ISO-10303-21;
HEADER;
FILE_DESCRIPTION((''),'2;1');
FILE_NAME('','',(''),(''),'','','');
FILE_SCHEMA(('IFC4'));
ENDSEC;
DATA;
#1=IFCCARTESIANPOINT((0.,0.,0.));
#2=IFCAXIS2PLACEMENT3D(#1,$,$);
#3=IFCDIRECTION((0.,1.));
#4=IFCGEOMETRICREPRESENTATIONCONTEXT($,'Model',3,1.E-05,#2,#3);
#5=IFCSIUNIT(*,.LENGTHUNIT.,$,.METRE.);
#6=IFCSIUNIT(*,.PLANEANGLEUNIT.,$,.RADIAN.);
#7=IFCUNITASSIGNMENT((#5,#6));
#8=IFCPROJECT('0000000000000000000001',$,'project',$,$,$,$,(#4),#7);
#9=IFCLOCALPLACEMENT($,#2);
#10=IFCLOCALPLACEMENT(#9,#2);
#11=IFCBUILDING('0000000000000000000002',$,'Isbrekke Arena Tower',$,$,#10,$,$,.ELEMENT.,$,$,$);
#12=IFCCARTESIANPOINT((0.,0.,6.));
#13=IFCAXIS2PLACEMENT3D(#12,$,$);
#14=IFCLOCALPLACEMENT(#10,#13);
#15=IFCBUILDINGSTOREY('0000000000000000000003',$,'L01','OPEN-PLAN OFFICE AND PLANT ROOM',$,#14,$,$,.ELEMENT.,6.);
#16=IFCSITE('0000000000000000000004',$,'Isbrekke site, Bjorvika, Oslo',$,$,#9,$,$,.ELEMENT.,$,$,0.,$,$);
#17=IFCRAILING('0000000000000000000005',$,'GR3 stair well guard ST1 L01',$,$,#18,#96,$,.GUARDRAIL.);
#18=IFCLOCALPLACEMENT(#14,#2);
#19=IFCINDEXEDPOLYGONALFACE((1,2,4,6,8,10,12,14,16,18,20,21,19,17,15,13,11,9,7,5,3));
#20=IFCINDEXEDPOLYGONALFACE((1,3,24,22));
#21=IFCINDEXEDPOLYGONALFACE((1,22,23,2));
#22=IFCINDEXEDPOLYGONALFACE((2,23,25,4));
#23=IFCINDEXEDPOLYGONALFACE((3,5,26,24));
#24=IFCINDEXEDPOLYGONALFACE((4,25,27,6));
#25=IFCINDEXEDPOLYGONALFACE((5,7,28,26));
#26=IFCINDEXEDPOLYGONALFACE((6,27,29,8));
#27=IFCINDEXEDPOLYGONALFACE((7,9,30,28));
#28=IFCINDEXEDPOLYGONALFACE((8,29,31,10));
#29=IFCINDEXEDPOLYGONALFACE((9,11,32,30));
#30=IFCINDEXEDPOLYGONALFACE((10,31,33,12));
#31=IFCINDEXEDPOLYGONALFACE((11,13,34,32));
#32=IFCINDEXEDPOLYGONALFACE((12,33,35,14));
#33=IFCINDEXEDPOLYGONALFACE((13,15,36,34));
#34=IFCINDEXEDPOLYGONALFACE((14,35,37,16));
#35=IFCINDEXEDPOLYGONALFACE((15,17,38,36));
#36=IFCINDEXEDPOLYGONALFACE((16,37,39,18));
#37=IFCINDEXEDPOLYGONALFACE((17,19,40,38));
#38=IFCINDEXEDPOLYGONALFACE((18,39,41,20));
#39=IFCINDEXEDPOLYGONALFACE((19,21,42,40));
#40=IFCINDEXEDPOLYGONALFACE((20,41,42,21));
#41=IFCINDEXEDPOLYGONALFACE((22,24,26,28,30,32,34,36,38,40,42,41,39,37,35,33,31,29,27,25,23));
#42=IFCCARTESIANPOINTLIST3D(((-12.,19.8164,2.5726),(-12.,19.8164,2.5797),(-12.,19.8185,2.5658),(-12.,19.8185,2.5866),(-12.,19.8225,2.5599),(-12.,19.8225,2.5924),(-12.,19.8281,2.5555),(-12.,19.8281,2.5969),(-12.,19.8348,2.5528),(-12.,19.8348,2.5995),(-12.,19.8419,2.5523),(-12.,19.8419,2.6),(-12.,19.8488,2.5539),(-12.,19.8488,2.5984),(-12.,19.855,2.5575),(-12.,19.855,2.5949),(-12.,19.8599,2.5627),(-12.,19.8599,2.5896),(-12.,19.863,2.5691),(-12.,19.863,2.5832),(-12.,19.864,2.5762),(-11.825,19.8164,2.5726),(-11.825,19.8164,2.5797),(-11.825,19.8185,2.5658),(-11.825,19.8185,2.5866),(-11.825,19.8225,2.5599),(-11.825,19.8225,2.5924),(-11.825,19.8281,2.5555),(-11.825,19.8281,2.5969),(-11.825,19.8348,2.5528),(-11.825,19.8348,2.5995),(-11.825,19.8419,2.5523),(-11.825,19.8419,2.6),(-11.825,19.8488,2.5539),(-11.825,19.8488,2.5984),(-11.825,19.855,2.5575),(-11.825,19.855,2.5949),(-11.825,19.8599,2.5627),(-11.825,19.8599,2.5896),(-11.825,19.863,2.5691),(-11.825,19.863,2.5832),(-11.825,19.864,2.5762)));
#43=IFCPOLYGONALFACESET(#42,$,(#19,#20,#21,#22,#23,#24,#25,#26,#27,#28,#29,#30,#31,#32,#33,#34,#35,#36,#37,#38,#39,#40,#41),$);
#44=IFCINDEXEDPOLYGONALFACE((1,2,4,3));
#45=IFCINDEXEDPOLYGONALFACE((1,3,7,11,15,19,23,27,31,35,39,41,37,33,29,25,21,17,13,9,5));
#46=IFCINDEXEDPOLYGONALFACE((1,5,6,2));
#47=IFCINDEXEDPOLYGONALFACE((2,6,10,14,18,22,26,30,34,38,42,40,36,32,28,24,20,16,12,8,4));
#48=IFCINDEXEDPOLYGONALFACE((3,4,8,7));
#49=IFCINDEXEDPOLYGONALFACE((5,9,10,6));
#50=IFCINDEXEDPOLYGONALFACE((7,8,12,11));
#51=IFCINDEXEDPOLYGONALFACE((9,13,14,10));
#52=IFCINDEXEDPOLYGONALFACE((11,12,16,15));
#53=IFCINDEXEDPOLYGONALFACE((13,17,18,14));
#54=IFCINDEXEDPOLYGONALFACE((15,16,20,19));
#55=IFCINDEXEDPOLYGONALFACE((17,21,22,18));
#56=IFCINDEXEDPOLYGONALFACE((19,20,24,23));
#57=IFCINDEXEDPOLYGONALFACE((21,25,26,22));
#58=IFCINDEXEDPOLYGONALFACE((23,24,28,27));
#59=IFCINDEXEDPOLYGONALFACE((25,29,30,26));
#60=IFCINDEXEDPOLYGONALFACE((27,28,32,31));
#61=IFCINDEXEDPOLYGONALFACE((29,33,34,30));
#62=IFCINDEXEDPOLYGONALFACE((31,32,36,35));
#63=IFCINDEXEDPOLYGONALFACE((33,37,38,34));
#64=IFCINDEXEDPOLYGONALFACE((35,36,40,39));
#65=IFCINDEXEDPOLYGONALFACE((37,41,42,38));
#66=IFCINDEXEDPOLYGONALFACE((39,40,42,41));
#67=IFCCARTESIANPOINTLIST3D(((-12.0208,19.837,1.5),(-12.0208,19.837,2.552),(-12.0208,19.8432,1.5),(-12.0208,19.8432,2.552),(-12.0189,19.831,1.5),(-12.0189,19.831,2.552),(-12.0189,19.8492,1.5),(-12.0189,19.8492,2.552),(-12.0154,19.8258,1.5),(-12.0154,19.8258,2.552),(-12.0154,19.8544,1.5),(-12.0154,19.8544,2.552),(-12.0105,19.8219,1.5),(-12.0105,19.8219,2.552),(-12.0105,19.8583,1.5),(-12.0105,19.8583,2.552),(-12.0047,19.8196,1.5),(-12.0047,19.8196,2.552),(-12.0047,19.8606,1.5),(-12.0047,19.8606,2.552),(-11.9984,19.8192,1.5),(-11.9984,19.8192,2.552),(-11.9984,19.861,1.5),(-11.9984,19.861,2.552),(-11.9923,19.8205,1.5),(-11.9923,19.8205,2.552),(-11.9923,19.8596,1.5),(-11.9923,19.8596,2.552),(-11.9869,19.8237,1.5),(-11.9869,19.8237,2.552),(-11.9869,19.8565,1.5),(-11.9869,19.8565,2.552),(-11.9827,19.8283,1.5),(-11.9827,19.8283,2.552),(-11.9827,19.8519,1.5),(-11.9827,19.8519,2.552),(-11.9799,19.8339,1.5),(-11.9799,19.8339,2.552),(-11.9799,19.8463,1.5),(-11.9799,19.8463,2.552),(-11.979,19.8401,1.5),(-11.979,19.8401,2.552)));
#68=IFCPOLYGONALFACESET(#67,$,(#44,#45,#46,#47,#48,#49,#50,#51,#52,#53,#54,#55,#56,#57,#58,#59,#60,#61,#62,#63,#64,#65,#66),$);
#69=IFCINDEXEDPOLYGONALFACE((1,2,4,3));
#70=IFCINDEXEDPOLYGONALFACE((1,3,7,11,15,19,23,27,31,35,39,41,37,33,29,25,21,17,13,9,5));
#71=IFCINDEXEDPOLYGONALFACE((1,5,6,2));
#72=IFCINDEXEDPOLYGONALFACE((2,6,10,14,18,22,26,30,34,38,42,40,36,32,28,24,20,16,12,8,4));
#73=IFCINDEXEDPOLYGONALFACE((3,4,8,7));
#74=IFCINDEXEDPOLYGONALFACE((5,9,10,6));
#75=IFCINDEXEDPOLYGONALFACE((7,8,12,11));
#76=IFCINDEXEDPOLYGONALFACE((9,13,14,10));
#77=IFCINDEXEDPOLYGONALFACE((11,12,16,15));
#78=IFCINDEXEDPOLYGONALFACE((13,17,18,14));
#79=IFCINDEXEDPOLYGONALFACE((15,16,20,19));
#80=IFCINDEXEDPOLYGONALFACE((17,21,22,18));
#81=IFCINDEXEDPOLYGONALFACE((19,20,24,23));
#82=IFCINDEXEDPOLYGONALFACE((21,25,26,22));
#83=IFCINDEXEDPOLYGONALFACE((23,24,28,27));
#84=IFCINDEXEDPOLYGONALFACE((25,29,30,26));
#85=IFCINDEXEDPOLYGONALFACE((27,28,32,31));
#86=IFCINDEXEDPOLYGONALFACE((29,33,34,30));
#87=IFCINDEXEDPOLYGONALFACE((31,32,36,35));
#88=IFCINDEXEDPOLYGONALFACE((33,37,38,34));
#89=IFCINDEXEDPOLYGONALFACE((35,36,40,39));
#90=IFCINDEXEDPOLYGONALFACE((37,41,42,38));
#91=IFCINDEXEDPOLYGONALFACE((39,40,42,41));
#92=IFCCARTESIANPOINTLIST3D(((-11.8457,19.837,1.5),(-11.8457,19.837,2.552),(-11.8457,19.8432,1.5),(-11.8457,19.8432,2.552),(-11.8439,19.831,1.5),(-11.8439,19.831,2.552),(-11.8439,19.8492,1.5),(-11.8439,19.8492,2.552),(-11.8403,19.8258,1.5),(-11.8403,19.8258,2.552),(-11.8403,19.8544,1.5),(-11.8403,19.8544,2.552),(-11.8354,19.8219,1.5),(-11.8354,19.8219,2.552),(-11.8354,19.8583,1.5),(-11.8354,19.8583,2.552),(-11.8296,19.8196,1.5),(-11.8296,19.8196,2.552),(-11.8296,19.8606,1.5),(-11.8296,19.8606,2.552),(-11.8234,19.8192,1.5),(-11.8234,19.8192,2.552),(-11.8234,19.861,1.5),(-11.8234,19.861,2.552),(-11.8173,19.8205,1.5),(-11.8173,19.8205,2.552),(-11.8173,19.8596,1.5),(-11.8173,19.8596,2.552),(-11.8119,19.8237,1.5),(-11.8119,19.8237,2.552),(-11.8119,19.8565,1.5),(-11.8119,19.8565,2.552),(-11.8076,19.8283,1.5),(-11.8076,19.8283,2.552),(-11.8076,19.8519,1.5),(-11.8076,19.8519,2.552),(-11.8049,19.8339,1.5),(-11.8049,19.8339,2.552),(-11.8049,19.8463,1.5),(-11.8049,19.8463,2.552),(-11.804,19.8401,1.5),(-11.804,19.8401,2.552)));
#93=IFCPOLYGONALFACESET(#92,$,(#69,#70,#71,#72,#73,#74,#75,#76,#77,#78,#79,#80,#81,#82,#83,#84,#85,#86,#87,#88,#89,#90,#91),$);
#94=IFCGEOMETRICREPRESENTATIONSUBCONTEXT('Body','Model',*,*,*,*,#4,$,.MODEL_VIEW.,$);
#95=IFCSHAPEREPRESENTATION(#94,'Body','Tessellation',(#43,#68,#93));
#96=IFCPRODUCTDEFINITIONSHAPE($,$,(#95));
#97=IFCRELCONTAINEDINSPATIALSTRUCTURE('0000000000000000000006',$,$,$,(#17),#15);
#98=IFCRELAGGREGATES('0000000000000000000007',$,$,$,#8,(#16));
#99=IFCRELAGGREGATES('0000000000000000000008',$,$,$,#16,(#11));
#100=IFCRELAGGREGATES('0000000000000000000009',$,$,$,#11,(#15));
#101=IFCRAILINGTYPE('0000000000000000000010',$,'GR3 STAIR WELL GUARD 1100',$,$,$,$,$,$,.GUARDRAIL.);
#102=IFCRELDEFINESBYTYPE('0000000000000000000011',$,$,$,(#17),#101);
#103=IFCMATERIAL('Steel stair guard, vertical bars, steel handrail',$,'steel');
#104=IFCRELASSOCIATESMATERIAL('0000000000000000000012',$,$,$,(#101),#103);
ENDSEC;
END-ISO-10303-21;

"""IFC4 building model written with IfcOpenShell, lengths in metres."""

from ifc_helpers import new_model, si_unit, direction, frame, origin, origin_2d, place, context, subcontext, project, spatial, circle, extrude, material, type_object, element, save


model = new_model("IFC4")

# Units and contexts
model_context = context("Model", 3, precision=1e-05, world=origin(), true_north=direction((0.0, 1.0)))
body_context = subcontext(model_context, "Body", "Model", "MODEL_VIEW")
ifc_project = project(units=[si_unit("LENGTHUNIT", "METRE"), si_unit("PLANEANGLEUNIT", "RADIAN")], contexts=[model_context])

# Site, building, storey
site_placement = place(None, origin())
site = spatial("IfcSite", under=ifc_project, at=site_placement, Name="Isbrekke site, Bjorvika, Oslo", CompositionType="ELEMENT", RefElevation=0.0)
building_placement = place(site_placement, origin())
building = spatial("IfcBuilding", under=site, at=building_placement, Name="Isbrekke Arena Tower", CompositionType="ELEMENT")
storey_placement = place(building_placement, frame((0.0, 0.0, 6.0)))
storey = spatial("IfcBuildingStorey", under=building, at=storey_placement, Name="L01", Description="OPEN-PLAN OFFICE AND PLANT ROOM", CompositionType="ELEMENT", Elevation=6.0)

# Railing
ifc_material_1 = material(Name="Steel stair guard, vertical bars, steel handrail", Category="steel")
railing_type = type_object("IfcRailingType", Name="GR3 STAIR WELL GUARD 1100", PredefinedType="GUARDRAIL", material=ifc_material_1)
railing_placement = place(storey_placement, frame((-12.0, 19.8401, 1.5)))
element("IfcRailing", 1, at=railing_placement, inside=storey, type_object=railing_type, Name="GR3 stair well guard ST1 L01", PredefinedType="GUARDRAIL", context=body_context, shape_type="SweptSolid", body=[
    extrude(circle(Radius=0.0239, at=origin_2d()), frame((0.0, 0.0, 1.0762), z_axis=(1.0, 0.0, 0.0), x_axis=(0.0, 1.0, 0.0)), (0.0, 0.0, 1.0), 0.175),
    extrude(circle(Radius=0.021, at=origin_2d()), origin(), (0.0, 0.0, 1.0), 1.052),
    extrude(circle(Radius=0.021, at=origin_2d()), frame((0.175, 0.0, 0.0)), (0.0, 0.0, 1.0), 1.052),
])

save(model, "model.ifc")
